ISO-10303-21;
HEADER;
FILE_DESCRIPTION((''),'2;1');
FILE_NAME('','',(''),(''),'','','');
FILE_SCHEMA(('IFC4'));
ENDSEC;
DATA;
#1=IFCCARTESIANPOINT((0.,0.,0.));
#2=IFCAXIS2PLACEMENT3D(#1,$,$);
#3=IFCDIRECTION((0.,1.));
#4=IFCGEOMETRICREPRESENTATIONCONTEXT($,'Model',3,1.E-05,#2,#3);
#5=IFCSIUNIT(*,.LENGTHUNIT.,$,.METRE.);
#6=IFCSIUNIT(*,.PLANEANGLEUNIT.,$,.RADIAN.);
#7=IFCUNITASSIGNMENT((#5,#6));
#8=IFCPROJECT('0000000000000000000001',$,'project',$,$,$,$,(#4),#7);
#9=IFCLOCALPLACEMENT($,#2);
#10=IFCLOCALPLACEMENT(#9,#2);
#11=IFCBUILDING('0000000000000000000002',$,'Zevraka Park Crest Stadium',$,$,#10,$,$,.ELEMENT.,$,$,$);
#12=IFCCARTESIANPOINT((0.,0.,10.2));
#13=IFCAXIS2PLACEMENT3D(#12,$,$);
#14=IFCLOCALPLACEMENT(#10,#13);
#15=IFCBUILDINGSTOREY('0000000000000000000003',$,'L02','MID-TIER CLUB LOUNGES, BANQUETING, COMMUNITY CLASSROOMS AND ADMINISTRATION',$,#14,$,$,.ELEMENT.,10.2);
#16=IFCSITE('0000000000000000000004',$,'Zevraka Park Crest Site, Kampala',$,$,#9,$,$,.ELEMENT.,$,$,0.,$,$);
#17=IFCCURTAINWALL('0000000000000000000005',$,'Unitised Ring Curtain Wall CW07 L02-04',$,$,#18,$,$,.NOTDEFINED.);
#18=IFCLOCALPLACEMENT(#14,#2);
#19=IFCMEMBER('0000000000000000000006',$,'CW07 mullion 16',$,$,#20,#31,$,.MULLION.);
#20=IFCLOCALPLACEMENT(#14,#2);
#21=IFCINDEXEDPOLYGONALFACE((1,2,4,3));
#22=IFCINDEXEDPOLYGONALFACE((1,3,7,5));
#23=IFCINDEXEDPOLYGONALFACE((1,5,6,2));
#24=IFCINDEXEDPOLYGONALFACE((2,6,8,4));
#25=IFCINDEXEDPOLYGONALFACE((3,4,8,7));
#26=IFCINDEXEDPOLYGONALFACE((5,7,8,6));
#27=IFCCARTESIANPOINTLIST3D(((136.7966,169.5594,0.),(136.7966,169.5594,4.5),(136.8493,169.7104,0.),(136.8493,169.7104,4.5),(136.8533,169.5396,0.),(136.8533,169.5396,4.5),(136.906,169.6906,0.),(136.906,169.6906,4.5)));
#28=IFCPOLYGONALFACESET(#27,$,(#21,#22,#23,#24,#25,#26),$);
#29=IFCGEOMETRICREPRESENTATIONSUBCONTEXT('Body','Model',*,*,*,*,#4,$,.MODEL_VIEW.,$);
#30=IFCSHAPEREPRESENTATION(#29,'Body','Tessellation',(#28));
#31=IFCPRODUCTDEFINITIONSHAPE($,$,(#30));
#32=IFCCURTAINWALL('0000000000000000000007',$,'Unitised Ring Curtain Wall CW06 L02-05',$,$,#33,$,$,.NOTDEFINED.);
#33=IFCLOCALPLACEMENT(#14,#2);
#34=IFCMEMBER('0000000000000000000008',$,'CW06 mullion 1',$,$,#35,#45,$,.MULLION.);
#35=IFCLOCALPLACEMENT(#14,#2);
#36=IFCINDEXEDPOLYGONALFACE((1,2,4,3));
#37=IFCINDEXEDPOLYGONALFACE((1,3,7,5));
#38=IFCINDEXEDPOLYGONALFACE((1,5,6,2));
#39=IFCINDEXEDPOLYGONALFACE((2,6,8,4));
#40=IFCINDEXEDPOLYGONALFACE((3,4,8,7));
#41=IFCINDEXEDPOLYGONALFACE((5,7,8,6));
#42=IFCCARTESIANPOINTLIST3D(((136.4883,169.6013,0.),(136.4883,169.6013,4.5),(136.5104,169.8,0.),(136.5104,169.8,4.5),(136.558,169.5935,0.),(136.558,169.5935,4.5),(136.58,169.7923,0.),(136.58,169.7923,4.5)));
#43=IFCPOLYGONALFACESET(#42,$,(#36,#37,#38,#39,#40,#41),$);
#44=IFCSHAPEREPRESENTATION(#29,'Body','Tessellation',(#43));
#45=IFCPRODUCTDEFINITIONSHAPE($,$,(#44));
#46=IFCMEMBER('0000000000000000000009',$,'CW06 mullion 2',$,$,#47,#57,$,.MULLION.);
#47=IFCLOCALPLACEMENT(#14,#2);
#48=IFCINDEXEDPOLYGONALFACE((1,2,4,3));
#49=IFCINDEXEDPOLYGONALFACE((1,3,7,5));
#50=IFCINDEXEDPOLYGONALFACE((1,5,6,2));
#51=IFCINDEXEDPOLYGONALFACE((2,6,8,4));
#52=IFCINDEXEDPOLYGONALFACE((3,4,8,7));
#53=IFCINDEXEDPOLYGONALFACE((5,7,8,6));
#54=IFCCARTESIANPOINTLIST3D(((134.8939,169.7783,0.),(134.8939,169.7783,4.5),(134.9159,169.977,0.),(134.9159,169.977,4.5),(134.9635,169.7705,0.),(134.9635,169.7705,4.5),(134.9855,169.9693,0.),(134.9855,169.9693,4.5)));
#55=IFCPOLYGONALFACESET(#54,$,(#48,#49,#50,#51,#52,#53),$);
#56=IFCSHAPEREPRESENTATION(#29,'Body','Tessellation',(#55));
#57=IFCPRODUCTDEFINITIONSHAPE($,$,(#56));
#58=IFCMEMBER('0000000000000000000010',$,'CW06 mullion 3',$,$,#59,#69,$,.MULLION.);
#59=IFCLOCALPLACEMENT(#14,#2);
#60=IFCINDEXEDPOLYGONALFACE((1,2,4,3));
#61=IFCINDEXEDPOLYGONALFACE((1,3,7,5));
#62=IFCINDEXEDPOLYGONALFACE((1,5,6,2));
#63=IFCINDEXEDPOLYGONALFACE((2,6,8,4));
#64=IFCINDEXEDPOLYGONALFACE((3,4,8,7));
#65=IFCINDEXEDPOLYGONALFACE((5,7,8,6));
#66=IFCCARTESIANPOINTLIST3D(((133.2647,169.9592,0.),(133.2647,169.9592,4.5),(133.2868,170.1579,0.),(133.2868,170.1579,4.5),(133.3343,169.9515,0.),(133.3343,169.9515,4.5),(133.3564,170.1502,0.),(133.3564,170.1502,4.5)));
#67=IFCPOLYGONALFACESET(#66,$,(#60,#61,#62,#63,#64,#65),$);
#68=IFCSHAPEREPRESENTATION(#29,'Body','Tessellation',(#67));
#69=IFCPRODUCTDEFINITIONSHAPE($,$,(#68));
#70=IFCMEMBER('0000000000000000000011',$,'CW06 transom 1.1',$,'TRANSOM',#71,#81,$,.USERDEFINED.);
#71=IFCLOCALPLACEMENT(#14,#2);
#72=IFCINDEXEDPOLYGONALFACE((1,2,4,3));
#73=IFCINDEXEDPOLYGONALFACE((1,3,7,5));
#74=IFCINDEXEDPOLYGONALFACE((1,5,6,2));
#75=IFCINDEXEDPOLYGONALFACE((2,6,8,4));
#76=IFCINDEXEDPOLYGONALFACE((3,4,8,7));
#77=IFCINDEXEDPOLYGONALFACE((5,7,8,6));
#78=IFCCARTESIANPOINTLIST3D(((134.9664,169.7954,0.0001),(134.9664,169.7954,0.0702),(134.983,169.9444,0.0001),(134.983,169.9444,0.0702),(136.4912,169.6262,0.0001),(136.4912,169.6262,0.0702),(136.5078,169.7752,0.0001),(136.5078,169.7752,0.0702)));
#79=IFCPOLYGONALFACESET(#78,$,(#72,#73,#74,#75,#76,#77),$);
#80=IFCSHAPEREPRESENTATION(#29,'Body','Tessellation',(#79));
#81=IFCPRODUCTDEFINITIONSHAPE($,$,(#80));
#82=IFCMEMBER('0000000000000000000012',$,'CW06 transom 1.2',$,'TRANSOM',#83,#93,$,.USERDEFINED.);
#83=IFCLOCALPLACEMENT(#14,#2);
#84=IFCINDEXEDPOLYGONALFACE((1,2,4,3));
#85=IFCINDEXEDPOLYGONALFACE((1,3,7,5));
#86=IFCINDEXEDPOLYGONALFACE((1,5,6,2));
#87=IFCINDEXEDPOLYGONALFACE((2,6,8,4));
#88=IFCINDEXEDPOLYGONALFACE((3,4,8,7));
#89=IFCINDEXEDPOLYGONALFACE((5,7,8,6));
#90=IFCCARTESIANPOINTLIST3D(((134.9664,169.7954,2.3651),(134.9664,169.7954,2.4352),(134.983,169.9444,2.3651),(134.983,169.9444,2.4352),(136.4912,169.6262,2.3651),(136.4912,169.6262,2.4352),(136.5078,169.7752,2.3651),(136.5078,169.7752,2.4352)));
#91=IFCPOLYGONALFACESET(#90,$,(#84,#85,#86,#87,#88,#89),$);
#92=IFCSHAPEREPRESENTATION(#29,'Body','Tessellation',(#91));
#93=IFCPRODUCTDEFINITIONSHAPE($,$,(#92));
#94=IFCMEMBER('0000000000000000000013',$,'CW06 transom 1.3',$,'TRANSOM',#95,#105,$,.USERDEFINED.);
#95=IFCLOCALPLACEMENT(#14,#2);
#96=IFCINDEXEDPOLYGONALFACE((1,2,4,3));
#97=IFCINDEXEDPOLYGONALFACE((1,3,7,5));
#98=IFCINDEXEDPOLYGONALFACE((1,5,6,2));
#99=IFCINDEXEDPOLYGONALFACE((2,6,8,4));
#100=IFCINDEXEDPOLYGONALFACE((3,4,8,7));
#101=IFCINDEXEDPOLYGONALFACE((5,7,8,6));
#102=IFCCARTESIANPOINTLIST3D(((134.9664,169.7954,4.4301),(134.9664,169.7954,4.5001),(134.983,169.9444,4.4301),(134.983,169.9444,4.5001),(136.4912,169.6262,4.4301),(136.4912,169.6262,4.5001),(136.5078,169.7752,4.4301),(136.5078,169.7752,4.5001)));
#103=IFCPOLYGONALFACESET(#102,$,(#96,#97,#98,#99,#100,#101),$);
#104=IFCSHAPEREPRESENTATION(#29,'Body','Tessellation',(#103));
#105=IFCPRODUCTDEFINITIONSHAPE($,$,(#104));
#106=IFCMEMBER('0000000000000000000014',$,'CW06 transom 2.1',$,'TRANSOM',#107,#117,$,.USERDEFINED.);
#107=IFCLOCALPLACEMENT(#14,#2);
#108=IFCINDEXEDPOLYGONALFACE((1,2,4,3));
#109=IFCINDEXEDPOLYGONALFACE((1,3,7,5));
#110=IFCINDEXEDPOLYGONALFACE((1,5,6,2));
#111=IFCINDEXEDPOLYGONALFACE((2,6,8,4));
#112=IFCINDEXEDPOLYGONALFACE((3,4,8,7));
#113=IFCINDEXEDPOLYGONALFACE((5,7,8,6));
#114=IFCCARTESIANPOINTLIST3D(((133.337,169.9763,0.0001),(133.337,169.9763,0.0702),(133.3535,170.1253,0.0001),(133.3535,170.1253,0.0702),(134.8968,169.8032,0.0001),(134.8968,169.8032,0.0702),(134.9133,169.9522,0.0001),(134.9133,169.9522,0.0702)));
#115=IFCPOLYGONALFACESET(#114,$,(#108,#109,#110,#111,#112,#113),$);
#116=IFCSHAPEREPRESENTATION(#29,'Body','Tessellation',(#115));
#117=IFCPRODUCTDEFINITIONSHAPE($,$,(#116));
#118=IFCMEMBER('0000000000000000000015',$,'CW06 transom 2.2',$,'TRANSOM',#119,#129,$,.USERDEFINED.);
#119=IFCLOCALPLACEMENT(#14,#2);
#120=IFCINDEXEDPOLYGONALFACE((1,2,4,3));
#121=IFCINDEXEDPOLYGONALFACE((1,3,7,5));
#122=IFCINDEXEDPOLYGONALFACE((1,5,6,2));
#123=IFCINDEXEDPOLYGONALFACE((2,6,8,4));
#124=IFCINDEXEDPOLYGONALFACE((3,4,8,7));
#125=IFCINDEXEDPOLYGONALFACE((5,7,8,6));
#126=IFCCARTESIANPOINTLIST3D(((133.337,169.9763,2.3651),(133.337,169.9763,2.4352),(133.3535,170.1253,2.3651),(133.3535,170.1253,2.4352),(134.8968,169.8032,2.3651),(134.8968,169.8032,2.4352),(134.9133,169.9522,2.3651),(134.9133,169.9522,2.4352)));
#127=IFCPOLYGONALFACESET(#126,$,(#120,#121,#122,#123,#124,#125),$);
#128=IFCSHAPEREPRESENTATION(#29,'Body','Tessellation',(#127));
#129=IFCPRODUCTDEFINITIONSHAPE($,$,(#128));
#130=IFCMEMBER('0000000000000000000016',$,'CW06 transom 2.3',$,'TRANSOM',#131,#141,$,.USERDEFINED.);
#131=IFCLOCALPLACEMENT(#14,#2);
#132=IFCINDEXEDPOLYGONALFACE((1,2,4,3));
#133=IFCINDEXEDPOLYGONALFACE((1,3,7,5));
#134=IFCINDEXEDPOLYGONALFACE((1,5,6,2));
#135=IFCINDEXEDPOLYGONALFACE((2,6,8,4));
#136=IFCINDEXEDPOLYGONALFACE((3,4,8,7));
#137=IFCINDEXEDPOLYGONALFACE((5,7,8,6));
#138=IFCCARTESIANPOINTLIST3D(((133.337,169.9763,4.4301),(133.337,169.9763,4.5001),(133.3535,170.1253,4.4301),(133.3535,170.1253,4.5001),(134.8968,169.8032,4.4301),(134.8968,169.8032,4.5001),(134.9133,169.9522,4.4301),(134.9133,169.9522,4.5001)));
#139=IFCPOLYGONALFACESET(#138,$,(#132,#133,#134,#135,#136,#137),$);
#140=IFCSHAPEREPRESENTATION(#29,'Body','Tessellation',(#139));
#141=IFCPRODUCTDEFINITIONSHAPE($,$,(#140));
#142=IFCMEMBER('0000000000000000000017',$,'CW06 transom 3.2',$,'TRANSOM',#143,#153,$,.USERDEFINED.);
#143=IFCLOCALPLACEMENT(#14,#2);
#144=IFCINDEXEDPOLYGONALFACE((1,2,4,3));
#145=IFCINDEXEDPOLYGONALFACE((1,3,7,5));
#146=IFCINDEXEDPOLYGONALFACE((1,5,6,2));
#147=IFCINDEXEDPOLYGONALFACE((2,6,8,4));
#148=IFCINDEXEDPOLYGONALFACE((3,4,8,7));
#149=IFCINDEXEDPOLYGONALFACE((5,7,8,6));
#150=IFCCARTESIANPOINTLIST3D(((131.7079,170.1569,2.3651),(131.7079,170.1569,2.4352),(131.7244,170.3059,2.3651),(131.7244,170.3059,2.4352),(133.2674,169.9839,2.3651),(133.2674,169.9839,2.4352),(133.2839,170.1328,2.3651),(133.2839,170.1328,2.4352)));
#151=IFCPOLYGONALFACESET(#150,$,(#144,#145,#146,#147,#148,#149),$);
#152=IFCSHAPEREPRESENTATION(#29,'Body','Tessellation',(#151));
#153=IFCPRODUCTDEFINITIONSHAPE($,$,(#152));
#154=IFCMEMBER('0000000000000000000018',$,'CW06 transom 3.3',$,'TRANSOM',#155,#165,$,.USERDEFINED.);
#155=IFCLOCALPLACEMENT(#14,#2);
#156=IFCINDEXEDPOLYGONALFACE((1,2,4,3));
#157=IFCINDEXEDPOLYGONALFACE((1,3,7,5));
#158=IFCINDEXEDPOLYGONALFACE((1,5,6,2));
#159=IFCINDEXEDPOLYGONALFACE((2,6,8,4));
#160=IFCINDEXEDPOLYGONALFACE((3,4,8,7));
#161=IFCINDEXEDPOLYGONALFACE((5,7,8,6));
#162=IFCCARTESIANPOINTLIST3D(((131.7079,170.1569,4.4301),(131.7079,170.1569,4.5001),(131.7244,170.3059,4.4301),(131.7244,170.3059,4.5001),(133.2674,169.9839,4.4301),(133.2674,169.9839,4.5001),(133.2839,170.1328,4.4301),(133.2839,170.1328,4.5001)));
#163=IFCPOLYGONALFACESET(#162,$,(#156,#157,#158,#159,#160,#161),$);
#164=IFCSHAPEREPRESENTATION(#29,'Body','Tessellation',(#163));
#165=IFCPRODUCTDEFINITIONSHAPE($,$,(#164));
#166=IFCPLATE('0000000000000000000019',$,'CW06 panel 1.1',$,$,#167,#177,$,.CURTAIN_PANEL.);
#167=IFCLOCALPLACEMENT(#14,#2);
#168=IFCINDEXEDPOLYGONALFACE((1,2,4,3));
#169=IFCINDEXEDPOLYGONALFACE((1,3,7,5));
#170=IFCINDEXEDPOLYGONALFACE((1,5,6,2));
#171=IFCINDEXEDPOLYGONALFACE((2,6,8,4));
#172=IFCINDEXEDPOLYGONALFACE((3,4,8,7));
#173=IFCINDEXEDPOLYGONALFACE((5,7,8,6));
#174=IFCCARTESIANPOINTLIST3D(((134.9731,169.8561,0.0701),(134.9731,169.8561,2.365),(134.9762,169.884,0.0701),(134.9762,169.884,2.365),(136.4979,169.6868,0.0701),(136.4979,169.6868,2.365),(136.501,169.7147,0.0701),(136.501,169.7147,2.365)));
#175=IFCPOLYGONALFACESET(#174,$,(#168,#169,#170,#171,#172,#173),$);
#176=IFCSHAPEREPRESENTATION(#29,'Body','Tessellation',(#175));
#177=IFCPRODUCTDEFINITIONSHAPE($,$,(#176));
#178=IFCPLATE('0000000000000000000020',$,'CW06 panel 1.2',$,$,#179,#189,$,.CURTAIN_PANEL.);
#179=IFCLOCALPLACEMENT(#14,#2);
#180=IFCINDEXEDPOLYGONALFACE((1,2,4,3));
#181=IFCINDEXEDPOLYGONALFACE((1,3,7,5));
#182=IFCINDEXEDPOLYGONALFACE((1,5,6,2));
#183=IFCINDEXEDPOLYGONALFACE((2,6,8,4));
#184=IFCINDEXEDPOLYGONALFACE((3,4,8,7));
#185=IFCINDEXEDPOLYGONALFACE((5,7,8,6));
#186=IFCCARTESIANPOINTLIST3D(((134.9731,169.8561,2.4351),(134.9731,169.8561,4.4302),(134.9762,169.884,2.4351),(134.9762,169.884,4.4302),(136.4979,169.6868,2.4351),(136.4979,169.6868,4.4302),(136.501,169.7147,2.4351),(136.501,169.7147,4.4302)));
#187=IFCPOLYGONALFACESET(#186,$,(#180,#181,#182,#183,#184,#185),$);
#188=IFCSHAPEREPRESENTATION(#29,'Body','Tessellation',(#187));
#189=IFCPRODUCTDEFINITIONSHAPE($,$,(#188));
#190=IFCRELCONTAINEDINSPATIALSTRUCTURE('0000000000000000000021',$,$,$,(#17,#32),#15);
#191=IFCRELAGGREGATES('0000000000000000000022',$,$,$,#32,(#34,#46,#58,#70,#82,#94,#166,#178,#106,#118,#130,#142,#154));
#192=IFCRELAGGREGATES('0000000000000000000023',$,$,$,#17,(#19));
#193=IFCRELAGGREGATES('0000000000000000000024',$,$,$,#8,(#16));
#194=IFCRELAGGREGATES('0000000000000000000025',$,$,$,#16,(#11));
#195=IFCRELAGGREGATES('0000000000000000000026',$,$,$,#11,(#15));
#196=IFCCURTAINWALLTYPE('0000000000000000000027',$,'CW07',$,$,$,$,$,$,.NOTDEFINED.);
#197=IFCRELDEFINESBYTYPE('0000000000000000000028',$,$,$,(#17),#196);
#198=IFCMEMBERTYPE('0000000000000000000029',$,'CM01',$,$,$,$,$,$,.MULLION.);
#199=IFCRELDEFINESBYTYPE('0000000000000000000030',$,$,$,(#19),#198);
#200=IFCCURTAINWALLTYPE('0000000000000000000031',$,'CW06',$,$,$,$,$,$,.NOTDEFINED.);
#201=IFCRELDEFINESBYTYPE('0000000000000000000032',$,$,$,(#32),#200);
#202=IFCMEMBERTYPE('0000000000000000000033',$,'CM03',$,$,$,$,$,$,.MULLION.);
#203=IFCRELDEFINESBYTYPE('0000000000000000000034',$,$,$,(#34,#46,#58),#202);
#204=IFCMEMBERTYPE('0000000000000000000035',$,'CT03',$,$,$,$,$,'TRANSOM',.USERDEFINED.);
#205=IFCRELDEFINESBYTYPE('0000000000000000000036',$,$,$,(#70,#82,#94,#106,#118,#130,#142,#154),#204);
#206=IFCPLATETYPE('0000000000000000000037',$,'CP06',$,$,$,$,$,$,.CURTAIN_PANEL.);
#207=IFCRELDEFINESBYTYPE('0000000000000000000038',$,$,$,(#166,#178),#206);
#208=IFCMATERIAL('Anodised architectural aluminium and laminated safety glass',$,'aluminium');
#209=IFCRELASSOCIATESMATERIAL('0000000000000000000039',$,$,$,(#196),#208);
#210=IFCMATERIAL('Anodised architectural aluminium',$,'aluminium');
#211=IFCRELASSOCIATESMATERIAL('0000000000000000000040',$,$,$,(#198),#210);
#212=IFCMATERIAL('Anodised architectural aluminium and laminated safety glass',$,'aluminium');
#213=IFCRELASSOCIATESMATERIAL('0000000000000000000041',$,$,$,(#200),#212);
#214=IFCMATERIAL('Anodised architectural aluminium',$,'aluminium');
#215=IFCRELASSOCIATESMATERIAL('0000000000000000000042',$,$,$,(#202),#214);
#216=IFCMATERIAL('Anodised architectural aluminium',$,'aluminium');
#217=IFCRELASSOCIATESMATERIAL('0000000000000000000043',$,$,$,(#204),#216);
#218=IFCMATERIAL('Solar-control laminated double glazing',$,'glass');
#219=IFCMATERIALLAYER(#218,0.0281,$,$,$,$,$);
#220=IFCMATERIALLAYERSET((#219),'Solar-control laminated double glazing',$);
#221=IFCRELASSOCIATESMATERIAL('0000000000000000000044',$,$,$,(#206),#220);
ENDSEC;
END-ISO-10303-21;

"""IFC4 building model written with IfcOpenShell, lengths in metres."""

from ifc_helpers import new_model, si_unit, direction, frame, origin, origin_2d, place, context, subcontext, project, spatial, rectangle, extrude, material, layer, layer_set, material_profile, profile_set, type_object, element, aggregate, save


model = new_model("IFC4")

# Units and contexts
model_context = context("Model", 3, precision=1e-05, world=origin(), true_north=direction((0.0, 1.0)))
body_context = subcontext(model_context, "Body", "Model", "MODEL_VIEW")
ifc_project = project(units=[si_unit("LENGTHUNIT", "METRE"), si_unit("PLANEANGLEUNIT", "RADIAN")], contexts=[model_context])

# Site, building, storey
site_placement = place(None, origin())
site = spatial("IfcSite", under=ifc_project, at=site_placement, Name="Zevraka Park Crest Site, Kampala", CompositionType="ELEMENT", RefElevation=0.0)
building_placement = place(site_placement, origin())
building = spatial("IfcBuilding", under=site, at=building_placement, Name="Zevraka Park Crest Stadium", CompositionType="ELEMENT")
storey_placement = place(building_placement, frame((0.0, 0.0, 10.2)))
storey = spatial("IfcBuildingStorey", under=building, at=storey_placement, Name="L02", Description="MID-TIER CLUB LOUNGES, BANQUETING, COMMUNITY CLASSROOMS AND ADMINISTRATION", CompositionType="ELEMENT", Elevation=10.2)

# Curtain wall, member
ifc_material_1 = material(Name="Anodised architectural aluminium and laminated safety glass", Category="aluminium")
curtain_wall_type_1 = type_object("IfcCurtainWallType", Name="CW07", PredefinedType="NOTDEFINED", material=ifc_material_1)
curtain_wall_1_placement = place(storey_placement, origin())
curtain_wall_1 = element("IfcCurtainWall", 1, at=curtain_wall_1_placement, inside=storey, type_object=curtain_wall_type_1, Name="Unitised Ring Curtain Wall CW07 L02-04", PredefinedType="NOTDEFINED")
ifc_material_2 = material(Name="Anodised architectural aluminium", Category="aluminium")
ifc_material_profile_1 = material_profile(ifc_material_2, rectangle(XDim=0.1599, YDim=0.0601, at=origin_2d()), Name="ALU MULLION 160x60")
ifc_profile_set_1 = profile_set([ifc_material_profile_1], Name="Anodised architectural aluminium")
member_type_1 = type_object("IfcMemberType", Name="CM01", PredefinedType="MULLION", material=ifc_profile_set_1)
member_1_placement = place(storey_placement, frame((136.8513, 169.625, 0.0), z_axis=(0.0, 0.0, 1.0), x_axis=(-0.329619, -0.944114, 0.0)))
member_1 = element("IfcMember", 2, at=member_1_placement, type_object=member_type_1, Name="CW07 mullion 16", PredefinedType="MULLION", context=body_context, shape_type="SweptSolid", body=[
    extrude(rectangle(XDim=0.1599, YDim=0.0601, at=origin_2d()), origin(), (0.0, 0.0, 1.0), 4.5),
])

# Curtain wall, members, plates
ifc_material_3 = material(Name="Anodised architectural aluminium and laminated safety glass", Category="aluminium")
curtain_wall_type_2 = type_object("IfcCurtainWallType", Name="CW06", PredefinedType="NOTDEFINED", material=ifc_material_3)
curtain_wall_2_placement = place(storey_placement, origin())
curtain_wall_2 = element("IfcCurtainWall", 3, at=curtain_wall_2_placement, inside=storey, type_object=curtain_wall_type_2, Name="Unitised Ring Curtain Wall CW06 L02-05", PredefinedType="NOTDEFINED")
ifc_material_4 = material(Name="Anodised architectural aluminium", Category="aluminium")
ifc_material_profile_2 = material_profile(ifc_material_4, rectangle(XDim=0.2, YDim=0.0701, at=origin_2d()), Name="ALU MULLION 200x70")
ifc_profile_set_2 = profile_set([ifc_material_profile_2], Name="Anodised architectural aluminium")
member_type_2 = type_object("IfcMemberType", Name="CM03", PredefinedType="MULLION", material=ifc_profile_set_2)
member_2_placement = place(storey_placement, frame((136.5342, 169.6968, 0.0), z_axis=(0.0, 0.0, 1.0), x_axis=(-0.110293, -0.993899, 0.0)))
member_2 = element("IfcMember", 4, at=member_2_placement, type_object=member_type_2, Name="CW06 mullion 1", PredefinedType="MULLION", context=body_context, shape_type="SweptSolid", body=[
    extrude(rectangle(XDim=0.2, YDim=0.0701, at=origin_2d()), origin(), (0.0, 0.0, 1.0), 4.5),
])
member_3_placement = place(storey_placement, frame((134.9397, 169.8738, 0.0), z_axis=(0.0, 0.0, 1.0), x_axis=(-0.110293, -0.993899, 0.0)))
member_3 = element("IfcMember", 5, at=member_3_placement, type_object=member_type_2, Name="CW06 mullion 2", PredefinedType="MULLION", context=body_context, shape_type="SweptSolid", body=[
    extrude(rectangle(XDim=0.2, YDim=0.0701, at=origin_2d()), origin(), (0.0, 0.0, 1.0), 4.5),
])
member_4_placement = place(storey_placement, frame((133.3105, 170.0547, 0.0), z_axis=(0.0, 0.0, 1.0), x_axis=(-0.110293, -0.993899, 0.0)))
member_4 = element("IfcMember", 6, at=member_4_placement, type_object=member_type_2, Name="CW06 mullion 3", PredefinedType="MULLION", context=body_context, shape_type="SweptSolid", body=[
    extrude(rectangle(XDim=0.2, YDim=0.0701, at=origin_2d()), origin(), (0.0, 0.0, 1.0), 4.5),
])
ifc_material_5 = material(Name="Anodised architectural aluminium", Category="aluminium")
ifc_material_profile_3 = material_profile(ifc_material_5, rectangle(XDim=0.1499, YDim=0.0701, at=origin_2d()), Name="ALU TRANSOM 150x70")
ifc_profile_set_3 = profile_set([ifc_material_profile_3], Name="Anodised architectural aluminium")
member_type_3 = type_object("IfcMemberType", Name="CT03", ElementType="TRANSOM", PredefinedType="USERDEFINED", material=ifc_profile_set_3)
member_5_placement = place(storey_placement, frame((136.4995, 169.7007, 0.0352), z_axis=(-0.993901, 0.110274, 0.0), x_axis=(-0.110274, -0.993901, 0.0)))
member_5 = element("IfcMember", 7, at=member_5_placement, type_object=member_type_3, Name="CW06 transom 1.1", ObjectType="TRANSOM", PredefinedType="USERDEFINED", context=body_context, shape_type="SweptSolid", body=[
    extrude(rectangle(XDim=0.1499, YDim=0.0701, at=origin_2d()), origin(), (0.0, 0.0, 1.0), 1.5342),
])
member_6_placement = place(storey_placement, frame((136.4995, 169.7007, 2.4001), z_axis=(-0.993901, 0.110274, 0.0), x_axis=(-0.110274, -0.993901, 0.0)))
member_6 = element("IfcMember", 8, at=member_6_placement, type_object=member_type_3, Name="CW06 transom 1.2", ObjectType="TRANSOM", PredefinedType="USERDEFINED", context=body_context, shape_type="SweptSolid", body=[
    extrude(rectangle(XDim=0.1499, YDim=0.0701, at=origin_2d()), origin(), (0.0, 0.0, 1.0), 1.5342),
])
member_7_placement = place(storey_placement, frame((136.4995, 169.7007, 4.4651), z_axis=(-0.993901, 0.110274, 0.0), x_axis=(-0.110274, -0.993901, 0.0)))
member_7 = element("IfcMember", 9, at=member_7_placement, type_object=member_type_3, Name="CW06 transom 1.3", ObjectType="TRANSOM", PredefinedType="USERDEFINED", context=body_context, shape_type="SweptSolid", body=[
    extrude(rectangle(XDim=0.1499, YDim=0.0701, at=origin_2d()), origin(), (0.0, 0.0, 1.0), 1.5342),
])
member_8_placement = place(storey_placement, frame((134.905, 169.8777, 0.0352), z_axis=(-0.993899, 0.110295, 0.0), x_axis=(-0.110295, -0.993899, 0.0)))
member_8 = element("IfcMember", 10, at=member_8_placement, type_object=member_type_3, Name="CW06 transom 2.1", ObjectType="TRANSOM", PredefinedType="USERDEFINED", context=body_context, shape_type="SweptSolid", body=[
    extrude(rectangle(XDim=0.1499, YDim=0.0701, at=origin_2d()), origin(), (0.0, 0.0, 1.0), 1.5693),
])
member_9_placement = place(storey_placement, frame((134.905, 169.8777, 2.4001), z_axis=(-0.993899, 0.110295, 0.0), x_axis=(-0.110295, -0.993899, 0.0)))
member_9 = element("IfcMember", 11, at=member_9_placement, type_object=member_type_3, Name="CW06 transom 2.2", ObjectType="TRANSOM", PredefinedType="USERDEFINED", context=body_context, shape_type="SweptSolid", body=[
    extrude(rectangle(XDim=0.1499, YDim=0.0701, at=origin_2d()), origin(), (0.0, 0.0, 1.0), 1.5693),
])
member_10_placement = place(storey_placement, frame((134.905, 169.8777, 4.4651), z_axis=(-0.993899, 0.110295, 0.0), x_axis=(-0.110295, -0.993899, 0.0)))
member_10 = element("IfcMember", 12, at=member_10_placement, type_object=member_type_3, Name="CW06 transom 2.3", ObjectType="TRANSOM", PredefinedType="USERDEFINED", context=body_context, shape_type="SweptSolid", body=[
    extrude(rectangle(XDim=0.1499, YDim=0.0701, at=origin_2d()), origin(), (0.0, 0.0, 1.0), 1.5693),
])
member_11_placement = place(storey_placement, frame((133.2756, 170.0583, 2.4001), z_axis=(-0.993897, 0.110312, 0.0), x_axis=(-0.110312, -0.993897, 0.0)))
member_11 = element("IfcMember", 13, at=member_11_placement, type_object=member_type_3, Name="CW06 transom 3.2", ObjectType="TRANSOM", PredefinedType="USERDEFINED", context=body_context, shape_type="SweptSolid", body=[
    extrude(rectangle(XDim=0.1499, YDim=0.0701, at=origin_2d()), origin(), (0.0, 0.0, 1.0), 1.5691),
])
member_12_placement = place(storey_placement, frame((133.2756, 170.0583, 4.4651), z_axis=(-0.993897, 0.110312, 0.0), x_axis=(-0.110312, -0.993897, 0.0)))
member_12 = element("IfcMember", 14, at=member_12_placement, type_object=member_type_3, Name="CW06 transom 3.3", ObjectType="TRANSOM", PredefinedType="USERDEFINED", context=body_context, shape_type="SweptSolid", body=[
    extrude(rectangle(XDim=0.1499, YDim=0.0701, at=origin_2d()), origin(), (0.0, 0.0, 1.0), 1.5691),
])
ifc_material_6 = material(Name="Solar-control laminated double glazing", Category="glass")
ifc_layer_1 = layer(ifc_material_6, 0.0281)
ifc_layer_set_1 = layer_set([ifc_layer_1], Name="Solar-control laminated double glazing")
plate_type_1 = type_object("IfcPlateType", Name="CP06", PredefinedType="CURTAIN_PANEL", material=ifc_layer_set_1)
plate_1_placement = place(storey_placement, frame((135.7371, 169.7854, 0.0701), z_axis=(0.0, 0.0, 1.0), x_axis=(-0.993899, 0.110293, 0.0)))
plate_1 = element("IfcPlate", 15, at=plate_1_placement, type_object=plate_type_1, Name="CW06 panel 1.1", PredefinedType="CURTAIN_PANEL", context=body_context, shape_type="SweptSolid", body=[
    extrude(rectangle(XDim=1.5342, YDim=0.0281, at=origin_2d()), origin(), (0.0, 0.0, 1.0), 2.2949),
])
plate_2_placement = place(storey_placement, frame((135.7371, 169.7854, 2.4351), z_axis=(0.0, 0.0, 1.0), x_axis=(-0.993899, 0.110293, 0.0)))
plate_2 = element("IfcPlate", 16, at=plate_2_placement, type_object=plate_type_1, Name="CW06 panel 1.2", PredefinedType="CURTAIN_PANEL", context=body_context, shape_type="SweptSolid", body=[
    extrude(rectangle(XDim=1.5342, YDim=0.0281, at=origin_2d()), origin(), (0.0, 0.0, 1.0), 1.9951),
])
aggregate(curtain_wall_2, [member_2, member_3, member_4, member_5, member_6, member_7, plate_1, plate_2, member_8, member_9, member_10, member_11, member_12])

aggregate(curtain_wall_1, [member_1])

save(model, "model.ifc")
